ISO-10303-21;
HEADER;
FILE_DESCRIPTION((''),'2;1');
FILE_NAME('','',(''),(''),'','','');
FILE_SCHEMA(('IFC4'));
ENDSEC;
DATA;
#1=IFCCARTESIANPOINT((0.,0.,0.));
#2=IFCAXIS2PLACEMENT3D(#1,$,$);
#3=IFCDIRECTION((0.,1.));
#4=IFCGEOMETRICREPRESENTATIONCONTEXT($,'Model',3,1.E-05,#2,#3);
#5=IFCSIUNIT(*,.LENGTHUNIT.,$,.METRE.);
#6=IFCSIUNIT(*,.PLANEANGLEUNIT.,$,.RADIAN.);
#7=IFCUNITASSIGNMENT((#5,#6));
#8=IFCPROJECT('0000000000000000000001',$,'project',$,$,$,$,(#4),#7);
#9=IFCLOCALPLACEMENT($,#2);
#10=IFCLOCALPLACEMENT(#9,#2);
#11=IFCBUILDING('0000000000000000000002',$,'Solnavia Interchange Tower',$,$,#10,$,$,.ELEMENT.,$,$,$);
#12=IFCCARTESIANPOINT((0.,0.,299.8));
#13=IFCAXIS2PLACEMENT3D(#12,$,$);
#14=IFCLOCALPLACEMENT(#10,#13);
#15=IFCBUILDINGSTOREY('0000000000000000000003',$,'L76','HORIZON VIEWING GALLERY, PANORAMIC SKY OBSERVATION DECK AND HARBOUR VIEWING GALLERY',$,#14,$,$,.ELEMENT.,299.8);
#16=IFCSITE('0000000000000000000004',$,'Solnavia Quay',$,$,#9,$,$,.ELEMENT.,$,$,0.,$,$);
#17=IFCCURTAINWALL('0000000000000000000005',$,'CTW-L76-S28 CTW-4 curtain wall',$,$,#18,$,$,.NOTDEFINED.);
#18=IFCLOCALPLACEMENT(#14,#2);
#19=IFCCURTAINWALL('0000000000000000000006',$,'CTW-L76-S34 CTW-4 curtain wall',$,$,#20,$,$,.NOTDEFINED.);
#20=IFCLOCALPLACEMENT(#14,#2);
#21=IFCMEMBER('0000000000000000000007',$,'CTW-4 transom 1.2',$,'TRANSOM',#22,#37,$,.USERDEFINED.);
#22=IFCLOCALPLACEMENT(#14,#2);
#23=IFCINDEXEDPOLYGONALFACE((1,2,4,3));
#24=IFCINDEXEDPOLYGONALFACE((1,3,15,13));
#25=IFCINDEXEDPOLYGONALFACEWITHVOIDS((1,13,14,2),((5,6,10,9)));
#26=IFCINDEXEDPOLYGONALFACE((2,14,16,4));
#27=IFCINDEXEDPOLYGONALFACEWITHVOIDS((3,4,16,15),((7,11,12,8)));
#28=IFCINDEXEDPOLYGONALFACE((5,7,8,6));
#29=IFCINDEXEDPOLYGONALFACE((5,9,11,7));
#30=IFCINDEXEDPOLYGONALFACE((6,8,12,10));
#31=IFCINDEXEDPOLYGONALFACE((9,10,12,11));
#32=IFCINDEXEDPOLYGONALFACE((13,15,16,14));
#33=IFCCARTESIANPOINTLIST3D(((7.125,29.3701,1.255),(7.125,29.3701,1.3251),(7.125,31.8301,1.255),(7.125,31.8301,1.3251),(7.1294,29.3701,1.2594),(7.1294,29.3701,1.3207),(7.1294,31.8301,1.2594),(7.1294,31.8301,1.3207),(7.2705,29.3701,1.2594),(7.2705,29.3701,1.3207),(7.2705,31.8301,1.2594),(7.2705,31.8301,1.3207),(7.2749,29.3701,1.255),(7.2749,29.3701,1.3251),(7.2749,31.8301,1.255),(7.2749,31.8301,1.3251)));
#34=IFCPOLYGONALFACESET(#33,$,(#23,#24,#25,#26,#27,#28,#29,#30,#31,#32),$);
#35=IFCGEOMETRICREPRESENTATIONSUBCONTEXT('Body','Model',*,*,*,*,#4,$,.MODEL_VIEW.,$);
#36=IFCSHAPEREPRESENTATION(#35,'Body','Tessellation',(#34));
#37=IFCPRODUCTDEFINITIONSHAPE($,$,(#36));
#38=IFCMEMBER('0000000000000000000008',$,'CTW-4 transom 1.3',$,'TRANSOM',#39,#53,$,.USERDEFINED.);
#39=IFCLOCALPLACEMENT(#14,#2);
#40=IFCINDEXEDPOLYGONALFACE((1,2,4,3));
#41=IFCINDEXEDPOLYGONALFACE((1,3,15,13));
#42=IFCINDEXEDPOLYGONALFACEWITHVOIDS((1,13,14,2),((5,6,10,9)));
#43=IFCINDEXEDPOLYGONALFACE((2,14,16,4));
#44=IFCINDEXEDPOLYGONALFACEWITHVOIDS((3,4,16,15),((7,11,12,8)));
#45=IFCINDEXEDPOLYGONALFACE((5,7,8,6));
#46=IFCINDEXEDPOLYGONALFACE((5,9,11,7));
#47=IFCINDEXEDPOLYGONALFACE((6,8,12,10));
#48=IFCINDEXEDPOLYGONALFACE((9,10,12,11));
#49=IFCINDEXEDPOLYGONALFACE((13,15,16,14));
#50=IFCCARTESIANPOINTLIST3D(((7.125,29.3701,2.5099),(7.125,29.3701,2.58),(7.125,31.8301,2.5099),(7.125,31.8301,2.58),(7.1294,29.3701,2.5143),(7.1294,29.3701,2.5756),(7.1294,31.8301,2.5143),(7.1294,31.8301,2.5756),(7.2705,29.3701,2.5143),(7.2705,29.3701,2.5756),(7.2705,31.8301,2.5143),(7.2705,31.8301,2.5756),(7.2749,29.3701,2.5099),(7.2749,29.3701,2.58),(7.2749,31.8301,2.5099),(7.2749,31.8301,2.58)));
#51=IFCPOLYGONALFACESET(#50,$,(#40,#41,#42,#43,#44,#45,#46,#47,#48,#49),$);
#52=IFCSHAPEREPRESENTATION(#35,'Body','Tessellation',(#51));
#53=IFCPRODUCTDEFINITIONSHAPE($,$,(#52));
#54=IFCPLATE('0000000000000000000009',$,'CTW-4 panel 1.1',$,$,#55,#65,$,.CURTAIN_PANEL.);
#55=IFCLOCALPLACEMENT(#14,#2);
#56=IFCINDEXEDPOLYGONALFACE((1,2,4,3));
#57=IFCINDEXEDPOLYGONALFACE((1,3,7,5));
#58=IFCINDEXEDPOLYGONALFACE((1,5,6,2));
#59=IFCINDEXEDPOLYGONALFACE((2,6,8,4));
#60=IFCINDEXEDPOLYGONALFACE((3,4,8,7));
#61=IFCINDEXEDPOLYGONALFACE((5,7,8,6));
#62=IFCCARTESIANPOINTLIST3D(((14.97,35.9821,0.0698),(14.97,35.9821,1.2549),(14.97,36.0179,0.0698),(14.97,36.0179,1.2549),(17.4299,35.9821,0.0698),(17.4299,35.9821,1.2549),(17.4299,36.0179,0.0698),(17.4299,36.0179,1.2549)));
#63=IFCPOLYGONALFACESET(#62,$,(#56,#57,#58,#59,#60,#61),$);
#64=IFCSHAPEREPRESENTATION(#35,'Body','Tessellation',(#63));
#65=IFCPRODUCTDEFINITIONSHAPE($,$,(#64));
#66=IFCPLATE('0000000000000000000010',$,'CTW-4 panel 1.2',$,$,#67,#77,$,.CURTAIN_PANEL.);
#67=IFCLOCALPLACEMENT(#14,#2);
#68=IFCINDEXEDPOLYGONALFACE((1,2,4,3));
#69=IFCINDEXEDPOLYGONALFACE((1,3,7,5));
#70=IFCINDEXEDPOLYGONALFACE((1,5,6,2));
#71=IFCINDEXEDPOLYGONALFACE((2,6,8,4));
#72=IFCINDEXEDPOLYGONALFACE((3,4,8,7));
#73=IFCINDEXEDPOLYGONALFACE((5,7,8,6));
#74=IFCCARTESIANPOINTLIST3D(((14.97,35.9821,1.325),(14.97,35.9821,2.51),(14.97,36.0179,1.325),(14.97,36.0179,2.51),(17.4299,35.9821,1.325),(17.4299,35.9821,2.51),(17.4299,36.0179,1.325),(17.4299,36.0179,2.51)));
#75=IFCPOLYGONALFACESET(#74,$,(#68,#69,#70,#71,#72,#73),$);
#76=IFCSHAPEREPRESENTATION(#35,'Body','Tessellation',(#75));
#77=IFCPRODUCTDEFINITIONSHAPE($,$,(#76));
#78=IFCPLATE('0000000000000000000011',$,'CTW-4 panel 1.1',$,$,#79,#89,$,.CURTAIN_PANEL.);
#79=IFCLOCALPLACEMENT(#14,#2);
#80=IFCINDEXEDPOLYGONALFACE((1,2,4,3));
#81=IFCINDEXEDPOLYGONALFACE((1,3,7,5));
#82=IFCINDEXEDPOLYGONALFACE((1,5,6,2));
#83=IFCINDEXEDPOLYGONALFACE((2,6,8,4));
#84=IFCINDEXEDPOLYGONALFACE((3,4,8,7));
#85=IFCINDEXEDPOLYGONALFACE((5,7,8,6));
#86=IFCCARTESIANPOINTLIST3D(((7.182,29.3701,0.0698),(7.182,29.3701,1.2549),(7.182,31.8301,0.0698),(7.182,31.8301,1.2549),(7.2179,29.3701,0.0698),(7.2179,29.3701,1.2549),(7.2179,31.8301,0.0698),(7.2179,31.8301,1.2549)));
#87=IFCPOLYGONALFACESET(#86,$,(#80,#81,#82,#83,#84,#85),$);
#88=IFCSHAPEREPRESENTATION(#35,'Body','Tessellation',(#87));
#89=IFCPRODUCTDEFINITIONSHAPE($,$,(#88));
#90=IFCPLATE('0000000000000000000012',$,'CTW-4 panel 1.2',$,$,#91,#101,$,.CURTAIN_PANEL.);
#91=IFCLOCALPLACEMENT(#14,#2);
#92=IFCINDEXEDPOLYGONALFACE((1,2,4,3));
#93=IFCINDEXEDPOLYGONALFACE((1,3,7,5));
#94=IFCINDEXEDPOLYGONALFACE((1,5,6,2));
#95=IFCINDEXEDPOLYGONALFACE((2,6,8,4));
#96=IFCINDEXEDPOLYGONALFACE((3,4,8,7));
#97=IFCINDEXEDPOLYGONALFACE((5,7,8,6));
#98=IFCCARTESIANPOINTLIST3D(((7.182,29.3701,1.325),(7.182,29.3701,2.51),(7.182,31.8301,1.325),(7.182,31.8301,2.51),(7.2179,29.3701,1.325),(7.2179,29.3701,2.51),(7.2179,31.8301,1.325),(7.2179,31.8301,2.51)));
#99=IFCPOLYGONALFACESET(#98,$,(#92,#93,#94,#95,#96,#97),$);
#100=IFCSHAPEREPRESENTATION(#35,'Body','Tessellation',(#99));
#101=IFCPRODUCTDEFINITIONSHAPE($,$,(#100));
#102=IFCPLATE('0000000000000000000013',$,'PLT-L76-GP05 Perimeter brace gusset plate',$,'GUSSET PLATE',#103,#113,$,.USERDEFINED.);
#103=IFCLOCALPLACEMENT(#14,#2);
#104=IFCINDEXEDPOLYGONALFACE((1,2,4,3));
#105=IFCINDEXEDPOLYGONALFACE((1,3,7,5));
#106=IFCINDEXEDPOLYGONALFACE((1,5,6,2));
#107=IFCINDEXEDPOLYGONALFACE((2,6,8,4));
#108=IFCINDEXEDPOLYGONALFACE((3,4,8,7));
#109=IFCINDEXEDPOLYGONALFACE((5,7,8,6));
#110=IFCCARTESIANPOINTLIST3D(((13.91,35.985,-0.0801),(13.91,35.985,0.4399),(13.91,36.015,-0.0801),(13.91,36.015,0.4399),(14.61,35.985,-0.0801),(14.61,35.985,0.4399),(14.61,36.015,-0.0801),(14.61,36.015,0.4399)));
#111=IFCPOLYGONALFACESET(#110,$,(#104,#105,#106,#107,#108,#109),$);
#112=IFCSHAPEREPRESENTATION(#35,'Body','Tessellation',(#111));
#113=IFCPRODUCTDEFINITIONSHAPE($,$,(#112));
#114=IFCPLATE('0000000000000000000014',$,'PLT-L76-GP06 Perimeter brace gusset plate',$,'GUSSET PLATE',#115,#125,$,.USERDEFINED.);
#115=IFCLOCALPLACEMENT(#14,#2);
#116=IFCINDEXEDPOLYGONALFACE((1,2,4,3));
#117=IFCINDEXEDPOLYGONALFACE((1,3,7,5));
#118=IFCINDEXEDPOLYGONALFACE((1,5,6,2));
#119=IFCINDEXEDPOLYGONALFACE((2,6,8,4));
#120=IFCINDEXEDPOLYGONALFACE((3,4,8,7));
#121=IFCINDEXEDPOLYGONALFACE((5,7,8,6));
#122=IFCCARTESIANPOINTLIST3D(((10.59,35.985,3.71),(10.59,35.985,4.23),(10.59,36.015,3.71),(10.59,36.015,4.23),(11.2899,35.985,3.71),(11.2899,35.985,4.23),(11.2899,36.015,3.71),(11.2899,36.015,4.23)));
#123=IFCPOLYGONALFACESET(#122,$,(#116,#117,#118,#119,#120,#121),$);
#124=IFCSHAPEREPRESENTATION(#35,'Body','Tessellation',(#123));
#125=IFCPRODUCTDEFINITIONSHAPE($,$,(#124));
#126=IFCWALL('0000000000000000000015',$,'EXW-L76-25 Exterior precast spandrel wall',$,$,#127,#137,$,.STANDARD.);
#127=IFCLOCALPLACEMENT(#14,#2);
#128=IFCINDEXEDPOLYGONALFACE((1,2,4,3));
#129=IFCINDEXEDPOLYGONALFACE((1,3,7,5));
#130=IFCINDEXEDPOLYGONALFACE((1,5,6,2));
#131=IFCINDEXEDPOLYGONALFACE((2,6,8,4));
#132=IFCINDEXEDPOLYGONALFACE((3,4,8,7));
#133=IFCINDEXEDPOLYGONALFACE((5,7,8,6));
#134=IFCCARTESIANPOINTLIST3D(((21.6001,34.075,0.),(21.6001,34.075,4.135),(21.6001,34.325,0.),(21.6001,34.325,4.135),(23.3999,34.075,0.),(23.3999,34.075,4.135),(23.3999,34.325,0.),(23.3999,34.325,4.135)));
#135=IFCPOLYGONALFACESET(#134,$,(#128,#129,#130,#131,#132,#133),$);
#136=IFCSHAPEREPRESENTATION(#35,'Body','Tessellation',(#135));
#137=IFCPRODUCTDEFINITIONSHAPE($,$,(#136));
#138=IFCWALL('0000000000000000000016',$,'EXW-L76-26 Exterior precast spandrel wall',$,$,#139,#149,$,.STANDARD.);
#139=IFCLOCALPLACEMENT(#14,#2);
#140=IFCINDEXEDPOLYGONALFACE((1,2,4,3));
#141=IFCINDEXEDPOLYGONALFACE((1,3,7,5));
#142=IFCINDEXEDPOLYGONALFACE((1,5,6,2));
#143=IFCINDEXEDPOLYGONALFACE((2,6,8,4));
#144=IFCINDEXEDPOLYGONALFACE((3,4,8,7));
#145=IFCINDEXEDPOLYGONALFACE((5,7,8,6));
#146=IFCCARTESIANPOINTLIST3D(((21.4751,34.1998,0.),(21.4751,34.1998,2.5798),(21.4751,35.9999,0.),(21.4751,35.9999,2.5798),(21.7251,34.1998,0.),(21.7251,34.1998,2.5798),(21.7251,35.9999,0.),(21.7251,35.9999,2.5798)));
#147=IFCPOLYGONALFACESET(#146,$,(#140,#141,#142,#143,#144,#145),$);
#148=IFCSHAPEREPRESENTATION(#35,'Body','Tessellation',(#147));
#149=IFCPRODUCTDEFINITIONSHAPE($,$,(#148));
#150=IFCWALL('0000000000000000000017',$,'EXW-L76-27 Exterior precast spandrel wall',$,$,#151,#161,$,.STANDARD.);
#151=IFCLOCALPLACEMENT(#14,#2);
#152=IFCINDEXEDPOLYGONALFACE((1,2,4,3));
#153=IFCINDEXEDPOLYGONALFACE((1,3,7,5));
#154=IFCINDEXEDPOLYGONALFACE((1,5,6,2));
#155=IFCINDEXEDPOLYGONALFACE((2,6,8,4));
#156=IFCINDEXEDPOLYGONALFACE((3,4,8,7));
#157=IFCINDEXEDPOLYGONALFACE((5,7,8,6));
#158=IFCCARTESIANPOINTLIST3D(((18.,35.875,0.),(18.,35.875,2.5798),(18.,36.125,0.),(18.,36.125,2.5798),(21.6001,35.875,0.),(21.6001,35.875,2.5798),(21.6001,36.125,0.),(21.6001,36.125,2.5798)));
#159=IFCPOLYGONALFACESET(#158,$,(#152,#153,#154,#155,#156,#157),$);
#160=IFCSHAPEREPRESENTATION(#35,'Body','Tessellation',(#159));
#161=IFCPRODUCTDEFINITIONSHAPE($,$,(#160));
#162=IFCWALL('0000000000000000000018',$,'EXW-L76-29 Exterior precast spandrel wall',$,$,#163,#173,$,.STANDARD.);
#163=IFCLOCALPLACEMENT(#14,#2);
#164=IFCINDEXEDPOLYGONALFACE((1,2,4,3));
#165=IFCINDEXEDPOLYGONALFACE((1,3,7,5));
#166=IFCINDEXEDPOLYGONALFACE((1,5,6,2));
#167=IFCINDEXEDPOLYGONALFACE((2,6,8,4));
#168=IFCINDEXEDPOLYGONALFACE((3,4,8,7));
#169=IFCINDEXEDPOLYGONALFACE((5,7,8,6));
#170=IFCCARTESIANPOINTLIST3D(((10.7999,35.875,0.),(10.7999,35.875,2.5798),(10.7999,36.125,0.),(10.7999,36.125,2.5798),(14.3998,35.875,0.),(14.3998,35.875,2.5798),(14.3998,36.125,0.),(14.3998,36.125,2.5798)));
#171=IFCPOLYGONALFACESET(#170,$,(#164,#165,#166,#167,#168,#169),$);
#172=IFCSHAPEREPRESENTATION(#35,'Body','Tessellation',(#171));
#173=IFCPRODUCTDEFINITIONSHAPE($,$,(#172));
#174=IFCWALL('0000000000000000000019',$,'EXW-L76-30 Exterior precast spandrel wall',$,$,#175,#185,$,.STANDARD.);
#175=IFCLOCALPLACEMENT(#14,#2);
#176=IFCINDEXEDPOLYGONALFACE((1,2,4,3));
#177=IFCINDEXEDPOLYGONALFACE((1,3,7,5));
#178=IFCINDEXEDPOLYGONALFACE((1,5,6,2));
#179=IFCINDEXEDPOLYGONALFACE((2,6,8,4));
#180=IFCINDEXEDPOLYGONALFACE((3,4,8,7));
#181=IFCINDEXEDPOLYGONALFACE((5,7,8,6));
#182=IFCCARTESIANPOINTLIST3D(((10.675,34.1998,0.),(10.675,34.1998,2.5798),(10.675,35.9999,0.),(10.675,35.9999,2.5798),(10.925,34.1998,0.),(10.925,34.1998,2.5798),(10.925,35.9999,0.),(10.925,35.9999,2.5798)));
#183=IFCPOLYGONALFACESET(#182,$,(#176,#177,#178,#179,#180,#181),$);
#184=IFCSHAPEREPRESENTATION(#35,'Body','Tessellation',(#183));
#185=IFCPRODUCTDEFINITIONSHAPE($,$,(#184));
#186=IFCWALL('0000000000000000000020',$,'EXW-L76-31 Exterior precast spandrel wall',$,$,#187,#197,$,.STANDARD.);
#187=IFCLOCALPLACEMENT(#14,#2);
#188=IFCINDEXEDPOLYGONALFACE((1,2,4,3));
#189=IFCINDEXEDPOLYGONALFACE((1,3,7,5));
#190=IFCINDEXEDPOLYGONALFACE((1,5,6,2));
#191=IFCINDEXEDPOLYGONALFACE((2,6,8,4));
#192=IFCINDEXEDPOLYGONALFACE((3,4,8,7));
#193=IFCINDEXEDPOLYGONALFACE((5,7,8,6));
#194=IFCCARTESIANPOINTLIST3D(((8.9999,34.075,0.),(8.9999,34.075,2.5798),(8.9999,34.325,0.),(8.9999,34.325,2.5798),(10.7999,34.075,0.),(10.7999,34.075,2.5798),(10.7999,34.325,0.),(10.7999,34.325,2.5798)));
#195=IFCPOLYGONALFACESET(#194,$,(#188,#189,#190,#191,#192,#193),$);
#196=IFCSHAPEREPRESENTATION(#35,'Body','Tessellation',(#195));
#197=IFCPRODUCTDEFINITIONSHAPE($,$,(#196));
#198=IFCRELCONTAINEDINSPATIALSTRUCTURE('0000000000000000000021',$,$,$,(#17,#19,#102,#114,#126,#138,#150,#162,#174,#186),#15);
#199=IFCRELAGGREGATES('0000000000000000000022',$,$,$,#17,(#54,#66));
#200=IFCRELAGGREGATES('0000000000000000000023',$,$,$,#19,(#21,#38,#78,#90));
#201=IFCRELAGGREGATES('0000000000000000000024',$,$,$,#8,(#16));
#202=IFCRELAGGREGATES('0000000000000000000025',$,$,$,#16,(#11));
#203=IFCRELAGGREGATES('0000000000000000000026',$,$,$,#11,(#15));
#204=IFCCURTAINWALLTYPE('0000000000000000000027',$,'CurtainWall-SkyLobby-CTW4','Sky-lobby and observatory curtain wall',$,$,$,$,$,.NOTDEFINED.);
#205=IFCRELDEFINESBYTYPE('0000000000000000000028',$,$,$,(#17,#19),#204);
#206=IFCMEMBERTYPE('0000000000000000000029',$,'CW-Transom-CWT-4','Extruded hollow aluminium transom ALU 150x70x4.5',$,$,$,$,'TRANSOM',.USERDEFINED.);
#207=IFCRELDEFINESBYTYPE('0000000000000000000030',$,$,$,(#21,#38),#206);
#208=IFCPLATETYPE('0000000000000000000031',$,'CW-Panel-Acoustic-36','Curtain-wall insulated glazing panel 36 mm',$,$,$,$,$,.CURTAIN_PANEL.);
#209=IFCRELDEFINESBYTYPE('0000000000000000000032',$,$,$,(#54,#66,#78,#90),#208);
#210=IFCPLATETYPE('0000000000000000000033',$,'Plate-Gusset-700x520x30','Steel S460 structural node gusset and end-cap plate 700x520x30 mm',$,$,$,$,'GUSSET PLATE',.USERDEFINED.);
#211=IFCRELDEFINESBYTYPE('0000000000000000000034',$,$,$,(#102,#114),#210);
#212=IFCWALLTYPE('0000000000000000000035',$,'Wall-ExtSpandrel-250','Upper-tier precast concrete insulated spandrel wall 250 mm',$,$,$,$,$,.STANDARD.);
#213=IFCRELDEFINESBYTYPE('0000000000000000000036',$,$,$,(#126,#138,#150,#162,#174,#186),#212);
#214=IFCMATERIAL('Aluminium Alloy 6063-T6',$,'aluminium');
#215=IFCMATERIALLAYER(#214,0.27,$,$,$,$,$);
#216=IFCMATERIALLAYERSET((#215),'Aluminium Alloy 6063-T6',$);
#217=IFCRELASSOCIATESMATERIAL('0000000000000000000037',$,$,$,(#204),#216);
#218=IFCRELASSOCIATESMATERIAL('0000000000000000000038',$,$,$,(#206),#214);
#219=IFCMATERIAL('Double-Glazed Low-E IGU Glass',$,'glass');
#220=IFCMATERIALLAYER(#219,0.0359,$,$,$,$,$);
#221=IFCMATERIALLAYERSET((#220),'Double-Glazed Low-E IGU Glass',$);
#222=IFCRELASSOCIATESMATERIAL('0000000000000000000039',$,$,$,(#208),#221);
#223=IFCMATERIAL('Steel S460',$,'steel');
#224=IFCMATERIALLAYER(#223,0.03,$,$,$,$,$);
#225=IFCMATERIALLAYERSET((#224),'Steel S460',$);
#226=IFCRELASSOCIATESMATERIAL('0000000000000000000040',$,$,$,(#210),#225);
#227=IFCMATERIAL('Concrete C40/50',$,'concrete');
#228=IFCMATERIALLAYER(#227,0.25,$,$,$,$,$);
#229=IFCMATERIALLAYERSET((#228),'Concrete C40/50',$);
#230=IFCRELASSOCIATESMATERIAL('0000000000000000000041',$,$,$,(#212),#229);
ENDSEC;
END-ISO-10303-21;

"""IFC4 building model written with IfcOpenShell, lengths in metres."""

from ifc_helpers import new_model, si_unit, direction, frame, frame_2d, origin, origin_2d, place, context, subcontext, project, spatial, rectangle, hollow_rectangle, extrude, material, layer, layer_set, material_profile, profile_set, type_object, element, aggregate, save


model = new_model("IFC4")

# Units and contexts
model_context = context("Model", 3, precision=1e-05, world=origin(), true_north=direction((0.0, 1.0)))
body_context = subcontext(model_context, "Body", "Model", "MODEL_VIEW")
ifc_project = project(units=[si_unit("LENGTHUNIT", "METRE"), si_unit("PLANEANGLEUNIT", "RADIAN")], contexts=[model_context])

# Site, building, storey
site_placement = place(None, origin())
site = spatial("IfcSite", under=ifc_project, at=site_placement, Name="Solnavia Quay", CompositionType="ELEMENT", RefElevation=0.0)
building_placement = place(site_placement, origin())
building = spatial("IfcBuilding", under=site, at=building_placement, Name="Solnavia Interchange Tower", CompositionType="ELEMENT")
storey_placement = place(building_placement, frame((0.0, 0.0, 299.8)))
storey = spatial("IfcBuildingStorey", under=building, at=storey_placement, Name="L76", Description="HORIZON VIEWING GALLERY, PANORAMIC SKY OBSERVATION DECK AND HARBOUR VIEWING GALLERY", CompositionType="ELEMENT", Elevation=299.8)

# Shared definitions
ifc_material_1 = material(Name="Steel S460", Category="steel")

# Curtain walls
ifc_material_2 = material(Name="Aluminium Alloy 6063-T6", Category="aluminium")
ifc_layer_1 = layer(ifc_material_2, 0.27)
ifc_layer_set_1 = layer_set([ifc_layer_1], Name="Aluminium Alloy 6063-T6")
curtain_wall_type = type_object("IfcCurtainWallType", Name="CurtainWall-SkyLobby-CTW4", Description="Sky-lobby and observatory curtain wall", PredefinedType="NOTDEFINED", material=ifc_layer_set_1)
curtain_wall_1_placement = place(storey_placement, origin())
curtain_wall_1 = element("IfcCurtainWall", 1, at=curtain_wall_1_placement, inside=storey, type_object=curtain_wall_type, Name="CTW-L76-S28 CTW-4 curtain wall", PredefinedType="NOTDEFINED")
curtain_wall_2_placement = place(storey_placement, origin())
curtain_wall_2 = element("IfcCurtainWall", 2, at=curtain_wall_2_placement, inside=storey, type_object=curtain_wall_type, Name="CTW-L76-S34 CTW-4 curtain wall", PredefinedType="NOTDEFINED")

# Members
ifc_material_profile_1 = material_profile(ifc_material_2, hollow_rectangle(XDim=0.0701, YDim=0.1499, WallThickness=0.0044, at=origin_2d()), Name="ALU 150x70x4.5")
ifc_profile_set_1 = profile_set([ifc_material_profile_1], Name="Aluminium Alloy 6063-T6")
member_type_1 = type_object("IfcMemberType", Name="CW-Transom-CWT-4", Description="Extruded hollow aluminium transom ALU 150x70x4.5", ElementType="TRANSOM", PredefinedType="USERDEFINED", material=ifc_profile_set_1)
member_1_placement = place(storey_placement, frame((7.2, 31.8301, 1.29), z_axis=(0.0, -1.0, 0.0), x_axis=(0.0, 0.0, 1.0)))
member_1 = element("IfcMember", 3, at=member_1_placement, type_object=member_type_1, Name="CTW-4 transom 1.2", ObjectType="TRANSOM", PredefinedType="USERDEFINED", context=body_context, shape_type="SweptSolid", body=[
    extrude(hollow_rectangle(XDim=0.0701, YDim=0.1499, WallThickness=0.0044, at=origin_2d()), origin(), (0.0, 0.0, 1.0), 2.46),
])
member_2_placement = place(storey_placement, frame((7.2, 31.8301, 2.5449), z_axis=(0.0, -1.0, 0.0), x_axis=(0.0, 0.0, 1.0)))
member_2 = element("IfcMember", 4, at=member_2_placement, type_object=member_type_1, Name="CTW-4 transom 1.3", ObjectType="TRANSOM", PredefinedType="USERDEFINED", context=body_context, shape_type="SweptSolid", body=[
    extrude(hollow_rectangle(XDim=0.0701, YDim=0.1499, WallThickness=0.0044, at=origin_2d()), origin(), (0.0, 0.0, 1.0), 2.46),
])

# Plates
ifc_material_3 = material(Name="Double-Glazed Low-E IGU Glass", Category="glass")
ifc_layer_2 = layer(ifc_material_3, 0.0359)
ifc_layer_set_2 = layer_set([ifc_layer_2], Name="Double-Glazed Low-E IGU Glass")
plate_type_1 = type_object("IfcPlateType", Name="CW-Panel-Acoustic-36", Description="Curtain-wall insulated glazing panel 36 mm", PredefinedType="CURTAIN_PANEL", material=ifc_layer_set_2)
plate_1_placement = place(storey_placement, frame((16.2, 36.0, 0.0698), z_axis=(0.0, 0.0, 1.0), x_axis=(-1.0, 0.0, 0.0)))
plate_1 = element("IfcPlate", 5, at=plate_1_placement, type_object=plate_type_1, Name="CTW-4 panel 1.1", PredefinedType="CURTAIN_PANEL", context=body_context, shape_type="SweptSolid", body=[
    extrude(rectangle(XDim=2.46, YDim=0.0359, at=origin_2d()), origin(), (0.0, 0.0, 1.0), 1.1851),
])
plate_2_placement = place(storey_placement, frame((16.2, 36.0, 1.325), z_axis=(0.0, 0.0, 1.0), x_axis=(-1.0, 0.0, 0.0)))
plate_2 = element("IfcPlate", 6, at=plate_2_placement, type_object=plate_type_1, Name="CTW-4 panel 1.2", PredefinedType="CURTAIN_PANEL", context=body_context, shape_type="SweptSolid", body=[
    extrude(rectangle(XDim=2.46, YDim=0.0359, at=origin_2d()), origin(), (0.0, 0.0, 1.0), 1.1851),
])
aggregate(curtain_wall_1, [plate_1, plate_2])
plate_3_placement = place(storey_placement, frame((7.2, 30.6001, 0.0698), z_axis=(0.0, 0.0, 1.0), x_axis=(0.0, -1.0, 0.0)))
plate_3 = element("IfcPlate", 7, at=plate_3_placement, type_object=plate_type_1, Name="CTW-4 panel 1.1", PredefinedType="CURTAIN_PANEL", context=body_context, shape_type="SweptSolid", body=[
    extrude(rectangle(XDim=2.46, YDim=0.0359, at=origin_2d()), origin(), (0.0, 0.0, 1.0), 1.1851),
])
plate_4_placement = place(storey_placement, frame((7.2, 30.6001, 1.325), z_axis=(0.0, 0.0, 1.0), x_axis=(0.0, -1.0, 0.0)))
plate_4 = element("IfcPlate", 8, at=plate_4_placement, type_object=plate_type_1, Name="CTW-4 panel 1.2", PredefinedType="CURTAIN_PANEL", context=body_context, shape_type="SweptSolid", body=[
    extrude(rectangle(XDim=2.46, YDim=0.0359, at=origin_2d()), origin(), (0.0, 0.0, 1.0), 1.1851),
])
aggregate(curtain_wall_2, [member_1, member_2, plate_3, plate_4])

# Plates
ifc_layer_3 = layer(ifc_material_1, 0.03)
ifc_layer_set_3 = layer_set([ifc_layer_3], Name="Steel S460")
plate_type_2 = type_object("IfcPlateType", Name="Plate-Gusset-700x520x30", Description="Steel S460 structural node gusset and end-cap plate 700x520x30 mm", ElementType="GUSSET PLATE", PredefinedType="USERDEFINED", material=ifc_layer_set_3)
for number, where, z_axis, x_axis, name in (
    (9, (14.26, 36.0, -0.0801), (0.0, 0.0, 1.0), (-1.0, 0.0, 0.0), "PLT-L76-GP05 Perimeter brace gusset plate"),
    (10, (10.9399, 36.0, 3.71), (0.0, 0.0, 1.0), (-1.0, 0.0, 0.0), "PLT-L76-GP06 Perimeter brace gusset plate"),
):
    element("IfcPlate", number, at=place(storey_placement, frame(where, z_axis=z_axis, x_axis=x_axis)), inside=storey, type_object=plate_type_2, Name=name, ObjectType="GUSSET PLATE", PredefinedType="USERDEFINED", context=body_context, shape_type="SweptSolid", body=[
        extrude(rectangle(XDim=0.7, YDim=0.03, at=origin_2d()), origin(), (0.0, 0.0, 1.0), 0.52),
    ])

# Walls
ifc_material_4 = material(Name="Concrete C40/50", Category="concrete")
ifc_layer_4 = layer(ifc_material_4, 0.25)
ifc_layer_set_4 = layer_set([ifc_layer_4], Name="Concrete C40/50")
wall_type = type_object("IfcWallType", Name="Wall-ExtSpandrel-250", Description="Upper-tier precast concrete insulated spandrel wall 250 mm", PredefinedType="STANDARD", material=ifc_layer_set_4)
wall_1_placement = place(storey_placement, frame((21.6001, 34.2, 0.0), z_axis=(0.0, 0.0, 1.0), x_axis=(1.0, 0.0, 0.0)))
element("IfcWall", 11, at=wall_1_placement, inside=storey, type_object=wall_type, Name="EXW-L76-25 Exterior precast spandrel wall", PredefinedType="STANDARD", context=body_context, shape_type="SweptSolid", body=[
    extrude(rectangle(XDim=1.7998, YDim=0.25, at=frame_2d((0.8999, 0.0))), origin(), (0.0, 0.0, 1.0), 4.135),
])
wall_2_placement = place(storey_placement, frame((21.6001, 34.2, 0.0), z_axis=(0.0, 0.0, 1.0), x_axis=(0.0, 1.0, 0.0)))
element("IfcWall", 12, at=wall_2_placement, inside=storey, type_object=wall_type, Name="EXW-L76-26 Exterior precast spandrel wall", PredefinedType="STANDARD", context=body_context, shape_type="SweptSolid", body=[
    extrude(rectangle(XDim=1.8, YDim=0.25, at=frame_2d((0.8999, 0.0))), origin(), (0.0, 0.0, 1.0), 2.5798),
])
wall_3_placement = place(storey_placement, frame((18.0, 36.0, 0.0), z_axis=(0.0, 0.0, 1.0), x_axis=(1.0, 0.0, 0.0)))
element("IfcWall", 13, at=wall_3_placement, inside=storey, type_object=wall_type, Name="EXW-L76-27 Exterior precast spandrel wall", PredefinedType="STANDARD", context=body_context, shape_type="SweptSolid", body=[
    extrude(rectangle(XDim=3.6001, YDim=0.25, at=frame_2d((1.8, 0.0))), origin(), (0.0, 0.0, 1.0), 2.5798),
])
wall_4_placement = place(storey_placement, frame((10.8, 36.0, 0.0), z_axis=(0.0, 0.0, 1.0), x_axis=(1.0, 0.0, 0.0)))
element("IfcWall", 14, at=wall_4_placement, inside=storey, type_object=wall_type, Name="EXW-L76-29 Exterior precast spandrel wall", PredefinedType="STANDARD", context=body_context, shape_type="SweptSolid", body=[
    extrude(rectangle(XDim=3.5999, YDim=0.25, at=frame_2d((1.7998, 0.0))), origin(), (0.0, 0.0, 1.0), 2.5798),
])
for number, where, z_axis, x_axis, name in (
    (15, (10.8, 34.2, 0.0), (0.0, 0.0, 1.0), (0.0, 1.0, 0.0), "EXW-L76-30 Exterior precast spandrel wall"),
    (16, (9.0, 34.2, 0.0), (0.0, 0.0, 1.0), (1.0, 0.0, 0.0), "EXW-L76-31 Exterior precast spandrel wall"),
):
    element("IfcWall", number, at=place(storey_placement, frame(where, z_axis=z_axis, x_axis=x_axis)), inside=storey, type_object=wall_type, Name=name, PredefinedType="STANDARD", context=body_context, shape_type="SweptSolid", body=[
        extrude(rectangle(XDim=1.8, YDim=0.25, at=frame_2d((0.8999, 0.0))), origin(), (0.0, 0.0, 1.0), 2.5798),
    ])

save(model, "model.ifc")
